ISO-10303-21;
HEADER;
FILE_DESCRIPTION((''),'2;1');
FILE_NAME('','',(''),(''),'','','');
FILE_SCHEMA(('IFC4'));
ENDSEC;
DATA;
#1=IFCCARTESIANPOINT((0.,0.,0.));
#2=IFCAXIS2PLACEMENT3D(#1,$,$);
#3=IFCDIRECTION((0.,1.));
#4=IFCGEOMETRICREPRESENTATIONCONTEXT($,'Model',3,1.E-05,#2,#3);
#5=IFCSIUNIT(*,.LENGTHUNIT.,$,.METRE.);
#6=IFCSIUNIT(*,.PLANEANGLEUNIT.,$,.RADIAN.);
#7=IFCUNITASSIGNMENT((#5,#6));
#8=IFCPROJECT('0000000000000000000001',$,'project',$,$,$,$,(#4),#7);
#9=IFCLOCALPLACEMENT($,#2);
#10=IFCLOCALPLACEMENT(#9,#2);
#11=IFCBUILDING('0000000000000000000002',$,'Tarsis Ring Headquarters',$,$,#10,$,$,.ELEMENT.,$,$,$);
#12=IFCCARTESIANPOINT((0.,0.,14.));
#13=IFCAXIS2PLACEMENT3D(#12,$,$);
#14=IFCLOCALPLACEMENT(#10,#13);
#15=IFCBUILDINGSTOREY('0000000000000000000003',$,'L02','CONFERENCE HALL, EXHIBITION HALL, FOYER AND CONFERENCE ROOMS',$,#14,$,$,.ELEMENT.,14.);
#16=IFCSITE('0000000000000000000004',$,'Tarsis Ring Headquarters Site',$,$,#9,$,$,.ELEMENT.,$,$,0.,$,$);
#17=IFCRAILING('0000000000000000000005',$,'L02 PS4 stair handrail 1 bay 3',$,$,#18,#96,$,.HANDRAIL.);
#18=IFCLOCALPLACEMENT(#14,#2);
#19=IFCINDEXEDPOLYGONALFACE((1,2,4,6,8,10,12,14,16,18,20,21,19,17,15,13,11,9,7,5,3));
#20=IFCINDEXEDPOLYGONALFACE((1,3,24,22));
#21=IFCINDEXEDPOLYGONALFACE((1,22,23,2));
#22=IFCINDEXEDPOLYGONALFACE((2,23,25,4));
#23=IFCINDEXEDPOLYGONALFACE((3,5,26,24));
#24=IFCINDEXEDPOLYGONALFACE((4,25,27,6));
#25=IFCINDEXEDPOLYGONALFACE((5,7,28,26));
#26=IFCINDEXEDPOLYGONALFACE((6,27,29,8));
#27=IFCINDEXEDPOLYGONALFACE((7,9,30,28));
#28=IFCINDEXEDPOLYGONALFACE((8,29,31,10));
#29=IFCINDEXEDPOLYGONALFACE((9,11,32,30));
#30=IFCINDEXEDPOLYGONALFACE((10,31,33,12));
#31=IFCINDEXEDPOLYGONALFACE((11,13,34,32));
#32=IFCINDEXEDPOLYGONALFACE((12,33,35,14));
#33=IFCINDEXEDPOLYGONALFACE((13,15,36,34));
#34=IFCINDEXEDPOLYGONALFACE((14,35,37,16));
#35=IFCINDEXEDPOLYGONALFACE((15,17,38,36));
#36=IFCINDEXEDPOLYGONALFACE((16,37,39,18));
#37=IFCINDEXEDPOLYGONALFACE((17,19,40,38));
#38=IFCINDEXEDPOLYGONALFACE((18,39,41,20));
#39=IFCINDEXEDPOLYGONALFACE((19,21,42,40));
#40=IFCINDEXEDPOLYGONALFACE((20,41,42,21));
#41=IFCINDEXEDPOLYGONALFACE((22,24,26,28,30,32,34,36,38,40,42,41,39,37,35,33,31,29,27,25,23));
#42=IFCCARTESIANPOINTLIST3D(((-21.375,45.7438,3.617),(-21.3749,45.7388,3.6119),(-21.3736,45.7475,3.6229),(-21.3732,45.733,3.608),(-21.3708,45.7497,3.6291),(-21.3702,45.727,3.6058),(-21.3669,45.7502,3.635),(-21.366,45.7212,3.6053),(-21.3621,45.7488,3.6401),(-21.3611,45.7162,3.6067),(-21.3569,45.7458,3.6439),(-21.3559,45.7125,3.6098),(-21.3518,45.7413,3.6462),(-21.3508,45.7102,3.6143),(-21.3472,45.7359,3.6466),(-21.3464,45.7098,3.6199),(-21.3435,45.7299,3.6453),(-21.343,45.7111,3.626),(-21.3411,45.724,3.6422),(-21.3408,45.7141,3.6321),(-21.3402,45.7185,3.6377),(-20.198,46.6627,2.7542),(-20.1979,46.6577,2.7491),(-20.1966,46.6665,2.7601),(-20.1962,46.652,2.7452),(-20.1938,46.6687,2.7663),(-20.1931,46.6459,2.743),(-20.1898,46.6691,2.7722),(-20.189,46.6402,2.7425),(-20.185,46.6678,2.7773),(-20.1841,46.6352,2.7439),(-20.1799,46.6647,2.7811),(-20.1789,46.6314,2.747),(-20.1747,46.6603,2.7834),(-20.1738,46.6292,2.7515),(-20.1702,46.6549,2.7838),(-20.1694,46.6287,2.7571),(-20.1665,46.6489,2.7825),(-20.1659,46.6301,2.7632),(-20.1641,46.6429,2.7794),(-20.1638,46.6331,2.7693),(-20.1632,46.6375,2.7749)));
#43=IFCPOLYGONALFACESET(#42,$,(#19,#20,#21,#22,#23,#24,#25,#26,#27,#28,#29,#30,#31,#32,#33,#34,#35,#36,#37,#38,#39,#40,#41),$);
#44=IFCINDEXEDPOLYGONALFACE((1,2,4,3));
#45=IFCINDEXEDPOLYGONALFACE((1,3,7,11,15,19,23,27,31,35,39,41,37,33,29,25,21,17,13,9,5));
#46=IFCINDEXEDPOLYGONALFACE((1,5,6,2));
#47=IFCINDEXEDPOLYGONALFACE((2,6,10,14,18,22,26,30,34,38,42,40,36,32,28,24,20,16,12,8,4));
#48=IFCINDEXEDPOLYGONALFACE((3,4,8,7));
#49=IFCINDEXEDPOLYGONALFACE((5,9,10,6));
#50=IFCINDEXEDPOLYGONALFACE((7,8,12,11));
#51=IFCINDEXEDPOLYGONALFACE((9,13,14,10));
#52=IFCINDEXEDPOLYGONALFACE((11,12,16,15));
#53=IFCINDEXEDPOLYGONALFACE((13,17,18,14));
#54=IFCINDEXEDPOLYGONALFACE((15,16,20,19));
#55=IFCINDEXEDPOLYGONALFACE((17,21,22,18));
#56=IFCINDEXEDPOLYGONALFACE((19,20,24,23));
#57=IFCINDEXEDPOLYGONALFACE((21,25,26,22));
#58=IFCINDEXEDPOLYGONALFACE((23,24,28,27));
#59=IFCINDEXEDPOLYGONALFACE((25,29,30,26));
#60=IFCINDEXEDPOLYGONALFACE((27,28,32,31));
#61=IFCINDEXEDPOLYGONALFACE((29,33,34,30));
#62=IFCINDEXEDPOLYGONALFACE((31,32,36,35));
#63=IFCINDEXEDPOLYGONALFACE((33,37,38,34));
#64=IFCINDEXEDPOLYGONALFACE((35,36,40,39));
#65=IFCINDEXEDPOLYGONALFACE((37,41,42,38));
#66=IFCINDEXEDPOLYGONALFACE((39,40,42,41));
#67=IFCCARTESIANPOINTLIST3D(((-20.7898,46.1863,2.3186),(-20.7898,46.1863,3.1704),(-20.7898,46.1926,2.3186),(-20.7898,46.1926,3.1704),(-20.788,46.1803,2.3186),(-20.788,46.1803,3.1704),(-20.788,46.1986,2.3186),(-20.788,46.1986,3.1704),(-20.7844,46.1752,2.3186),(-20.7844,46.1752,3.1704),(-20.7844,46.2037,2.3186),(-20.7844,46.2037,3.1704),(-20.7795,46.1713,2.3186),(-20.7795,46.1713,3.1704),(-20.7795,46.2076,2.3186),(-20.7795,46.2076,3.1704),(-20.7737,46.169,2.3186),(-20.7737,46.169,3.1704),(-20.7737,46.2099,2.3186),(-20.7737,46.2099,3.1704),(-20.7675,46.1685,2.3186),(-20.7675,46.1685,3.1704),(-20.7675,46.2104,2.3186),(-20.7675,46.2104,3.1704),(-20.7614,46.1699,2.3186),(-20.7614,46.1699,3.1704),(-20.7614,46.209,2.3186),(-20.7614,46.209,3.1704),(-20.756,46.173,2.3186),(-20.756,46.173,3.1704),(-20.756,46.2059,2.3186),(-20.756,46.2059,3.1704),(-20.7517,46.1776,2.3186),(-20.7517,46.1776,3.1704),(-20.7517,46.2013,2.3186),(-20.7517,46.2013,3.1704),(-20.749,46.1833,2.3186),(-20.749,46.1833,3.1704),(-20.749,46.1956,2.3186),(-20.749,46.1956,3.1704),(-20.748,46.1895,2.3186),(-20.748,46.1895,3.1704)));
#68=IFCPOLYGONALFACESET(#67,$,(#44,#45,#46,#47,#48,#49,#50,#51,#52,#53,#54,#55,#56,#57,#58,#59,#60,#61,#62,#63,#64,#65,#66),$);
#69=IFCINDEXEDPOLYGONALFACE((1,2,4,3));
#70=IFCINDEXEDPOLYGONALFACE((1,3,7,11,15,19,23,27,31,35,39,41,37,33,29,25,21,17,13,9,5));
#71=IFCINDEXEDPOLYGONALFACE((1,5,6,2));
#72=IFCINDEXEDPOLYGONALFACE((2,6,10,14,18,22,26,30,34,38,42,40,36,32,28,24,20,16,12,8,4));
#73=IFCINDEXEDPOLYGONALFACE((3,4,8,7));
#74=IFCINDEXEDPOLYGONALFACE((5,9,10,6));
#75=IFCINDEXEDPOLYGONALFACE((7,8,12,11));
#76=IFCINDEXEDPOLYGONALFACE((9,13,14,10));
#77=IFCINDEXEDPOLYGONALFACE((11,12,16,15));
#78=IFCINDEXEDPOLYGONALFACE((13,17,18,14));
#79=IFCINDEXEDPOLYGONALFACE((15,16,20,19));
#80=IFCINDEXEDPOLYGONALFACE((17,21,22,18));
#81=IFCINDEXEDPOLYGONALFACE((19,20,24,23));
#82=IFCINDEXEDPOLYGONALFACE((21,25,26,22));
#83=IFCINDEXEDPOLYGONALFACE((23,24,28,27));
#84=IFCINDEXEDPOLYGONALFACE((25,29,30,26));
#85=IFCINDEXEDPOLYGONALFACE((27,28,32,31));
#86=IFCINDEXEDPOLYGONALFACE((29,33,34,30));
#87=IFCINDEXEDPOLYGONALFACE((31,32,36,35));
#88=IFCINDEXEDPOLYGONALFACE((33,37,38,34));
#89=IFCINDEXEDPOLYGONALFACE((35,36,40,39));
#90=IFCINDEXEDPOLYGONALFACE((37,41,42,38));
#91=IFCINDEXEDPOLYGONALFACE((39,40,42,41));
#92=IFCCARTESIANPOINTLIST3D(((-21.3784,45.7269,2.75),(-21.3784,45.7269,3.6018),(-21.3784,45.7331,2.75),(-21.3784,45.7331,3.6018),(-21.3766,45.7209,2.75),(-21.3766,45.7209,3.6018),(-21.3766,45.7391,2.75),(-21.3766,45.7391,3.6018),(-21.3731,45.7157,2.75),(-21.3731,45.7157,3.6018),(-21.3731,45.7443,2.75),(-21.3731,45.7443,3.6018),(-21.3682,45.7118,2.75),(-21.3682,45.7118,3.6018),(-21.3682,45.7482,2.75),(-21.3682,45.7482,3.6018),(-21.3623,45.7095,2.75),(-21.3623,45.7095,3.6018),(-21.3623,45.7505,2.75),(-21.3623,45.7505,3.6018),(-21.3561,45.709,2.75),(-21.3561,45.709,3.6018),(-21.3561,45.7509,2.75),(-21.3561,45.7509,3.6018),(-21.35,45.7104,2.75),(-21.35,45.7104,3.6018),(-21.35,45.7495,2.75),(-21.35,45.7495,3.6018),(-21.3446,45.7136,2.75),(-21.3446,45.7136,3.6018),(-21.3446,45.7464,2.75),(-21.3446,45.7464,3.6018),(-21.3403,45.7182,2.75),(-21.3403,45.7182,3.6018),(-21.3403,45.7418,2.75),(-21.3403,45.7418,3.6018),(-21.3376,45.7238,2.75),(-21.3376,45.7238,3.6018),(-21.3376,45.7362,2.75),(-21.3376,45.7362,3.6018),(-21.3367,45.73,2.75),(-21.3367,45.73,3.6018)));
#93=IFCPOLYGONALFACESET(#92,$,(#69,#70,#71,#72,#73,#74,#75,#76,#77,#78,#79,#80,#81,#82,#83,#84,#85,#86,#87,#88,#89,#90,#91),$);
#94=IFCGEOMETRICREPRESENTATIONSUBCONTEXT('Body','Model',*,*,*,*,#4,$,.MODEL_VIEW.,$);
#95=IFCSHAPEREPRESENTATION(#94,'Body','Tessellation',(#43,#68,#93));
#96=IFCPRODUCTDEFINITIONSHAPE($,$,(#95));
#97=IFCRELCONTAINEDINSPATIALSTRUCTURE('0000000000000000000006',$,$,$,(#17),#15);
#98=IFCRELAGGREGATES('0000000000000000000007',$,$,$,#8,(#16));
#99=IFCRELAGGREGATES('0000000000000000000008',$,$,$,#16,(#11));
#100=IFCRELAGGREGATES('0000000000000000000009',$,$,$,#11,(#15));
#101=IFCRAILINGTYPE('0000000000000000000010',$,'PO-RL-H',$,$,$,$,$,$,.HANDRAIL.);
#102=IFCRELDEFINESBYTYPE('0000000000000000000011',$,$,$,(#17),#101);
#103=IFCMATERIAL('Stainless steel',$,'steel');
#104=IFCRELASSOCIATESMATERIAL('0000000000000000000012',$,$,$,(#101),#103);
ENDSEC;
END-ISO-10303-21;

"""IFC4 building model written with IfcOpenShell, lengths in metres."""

from ifc_helpers import new_model, si_unit, direction, frame, origin, origin_2d, place, context, subcontext, project, spatial, circle, extrude, material, type_object, element, save


model = new_model("IFC4")

# Units and contexts
model_context = context("Model", 3, precision=1e-05, world=origin(), true_north=direction((0.0, 1.0)))
body_context = subcontext(model_context, "Body", "Model", "MODEL_VIEW")
ifc_project = project(units=[si_unit("LENGTHUNIT", "METRE"), si_unit("PLANEANGLEUNIT", "RADIAN")], contexts=[model_context])

# Site, building, storey
site_placement = place(None, origin())
site = spatial("IfcSite", under=ifc_project, at=site_placement, Name="Tarsis Ring Headquarters Site", CompositionType="ELEMENT", RefElevation=0.0)
building_placement = place(site_placement, origin())
building = spatial("IfcBuilding", under=site, at=building_placement, Name="Tarsis Ring Headquarters", CompositionType="ELEMENT")
storey_placement = place(building_placement, frame((0.0, 0.0, 14.0)))
storey = spatial("IfcBuildingStorey", under=building, at=storey_placement, Name="L02", Description="CONFERENCE HALL, EXHIBITION HALL, FOYER AND CONFERENCE ROOMS", CompositionType="ELEMENT", Elevation=14.0)

# Railing
ifc_material_1 = material(Name="Stainless steel", Category="steel")
railing_type = type_object("IfcRailingType", Name="PO-RL-H", PredefinedType="HANDRAIL", material=ifc_material_1)
railing_1_placement = place(storey_placement, frame((-20.1807, 46.6489, 1.8872)))
element("IfcRailing", 1, at=railing_1_placement, inside=storey, type_object=railing_type, Name="L02 PS4 stair handrail 1 bay 3", PredefinedType="HANDRAIL", context=body_context, shape_type="SweptSolid", body=[
    extrude(circle(Radius=0.0239, at=origin_2d()), frame((0.0, 0.0, 0.876), z_axis=(-0.682483, -0.532849, 0.500289), x_axis=(0.6154, -0.788215, 0.0)), (0.0, 0.0, 1.0), 1.7246),
    extrude(circle(Radius=0.021, at=origin_2d()), frame((-0.5884, -0.4595, 0.4314)), (0.0, 0.0, 1.0), 0.8518),
    extrude(circle(Radius=0.021, at=origin_2d()), frame((-1.177, -0.9189, 0.8628)), (0.0, 0.0, 1.0), 0.8518),
])

save(model, "model.ifc")
